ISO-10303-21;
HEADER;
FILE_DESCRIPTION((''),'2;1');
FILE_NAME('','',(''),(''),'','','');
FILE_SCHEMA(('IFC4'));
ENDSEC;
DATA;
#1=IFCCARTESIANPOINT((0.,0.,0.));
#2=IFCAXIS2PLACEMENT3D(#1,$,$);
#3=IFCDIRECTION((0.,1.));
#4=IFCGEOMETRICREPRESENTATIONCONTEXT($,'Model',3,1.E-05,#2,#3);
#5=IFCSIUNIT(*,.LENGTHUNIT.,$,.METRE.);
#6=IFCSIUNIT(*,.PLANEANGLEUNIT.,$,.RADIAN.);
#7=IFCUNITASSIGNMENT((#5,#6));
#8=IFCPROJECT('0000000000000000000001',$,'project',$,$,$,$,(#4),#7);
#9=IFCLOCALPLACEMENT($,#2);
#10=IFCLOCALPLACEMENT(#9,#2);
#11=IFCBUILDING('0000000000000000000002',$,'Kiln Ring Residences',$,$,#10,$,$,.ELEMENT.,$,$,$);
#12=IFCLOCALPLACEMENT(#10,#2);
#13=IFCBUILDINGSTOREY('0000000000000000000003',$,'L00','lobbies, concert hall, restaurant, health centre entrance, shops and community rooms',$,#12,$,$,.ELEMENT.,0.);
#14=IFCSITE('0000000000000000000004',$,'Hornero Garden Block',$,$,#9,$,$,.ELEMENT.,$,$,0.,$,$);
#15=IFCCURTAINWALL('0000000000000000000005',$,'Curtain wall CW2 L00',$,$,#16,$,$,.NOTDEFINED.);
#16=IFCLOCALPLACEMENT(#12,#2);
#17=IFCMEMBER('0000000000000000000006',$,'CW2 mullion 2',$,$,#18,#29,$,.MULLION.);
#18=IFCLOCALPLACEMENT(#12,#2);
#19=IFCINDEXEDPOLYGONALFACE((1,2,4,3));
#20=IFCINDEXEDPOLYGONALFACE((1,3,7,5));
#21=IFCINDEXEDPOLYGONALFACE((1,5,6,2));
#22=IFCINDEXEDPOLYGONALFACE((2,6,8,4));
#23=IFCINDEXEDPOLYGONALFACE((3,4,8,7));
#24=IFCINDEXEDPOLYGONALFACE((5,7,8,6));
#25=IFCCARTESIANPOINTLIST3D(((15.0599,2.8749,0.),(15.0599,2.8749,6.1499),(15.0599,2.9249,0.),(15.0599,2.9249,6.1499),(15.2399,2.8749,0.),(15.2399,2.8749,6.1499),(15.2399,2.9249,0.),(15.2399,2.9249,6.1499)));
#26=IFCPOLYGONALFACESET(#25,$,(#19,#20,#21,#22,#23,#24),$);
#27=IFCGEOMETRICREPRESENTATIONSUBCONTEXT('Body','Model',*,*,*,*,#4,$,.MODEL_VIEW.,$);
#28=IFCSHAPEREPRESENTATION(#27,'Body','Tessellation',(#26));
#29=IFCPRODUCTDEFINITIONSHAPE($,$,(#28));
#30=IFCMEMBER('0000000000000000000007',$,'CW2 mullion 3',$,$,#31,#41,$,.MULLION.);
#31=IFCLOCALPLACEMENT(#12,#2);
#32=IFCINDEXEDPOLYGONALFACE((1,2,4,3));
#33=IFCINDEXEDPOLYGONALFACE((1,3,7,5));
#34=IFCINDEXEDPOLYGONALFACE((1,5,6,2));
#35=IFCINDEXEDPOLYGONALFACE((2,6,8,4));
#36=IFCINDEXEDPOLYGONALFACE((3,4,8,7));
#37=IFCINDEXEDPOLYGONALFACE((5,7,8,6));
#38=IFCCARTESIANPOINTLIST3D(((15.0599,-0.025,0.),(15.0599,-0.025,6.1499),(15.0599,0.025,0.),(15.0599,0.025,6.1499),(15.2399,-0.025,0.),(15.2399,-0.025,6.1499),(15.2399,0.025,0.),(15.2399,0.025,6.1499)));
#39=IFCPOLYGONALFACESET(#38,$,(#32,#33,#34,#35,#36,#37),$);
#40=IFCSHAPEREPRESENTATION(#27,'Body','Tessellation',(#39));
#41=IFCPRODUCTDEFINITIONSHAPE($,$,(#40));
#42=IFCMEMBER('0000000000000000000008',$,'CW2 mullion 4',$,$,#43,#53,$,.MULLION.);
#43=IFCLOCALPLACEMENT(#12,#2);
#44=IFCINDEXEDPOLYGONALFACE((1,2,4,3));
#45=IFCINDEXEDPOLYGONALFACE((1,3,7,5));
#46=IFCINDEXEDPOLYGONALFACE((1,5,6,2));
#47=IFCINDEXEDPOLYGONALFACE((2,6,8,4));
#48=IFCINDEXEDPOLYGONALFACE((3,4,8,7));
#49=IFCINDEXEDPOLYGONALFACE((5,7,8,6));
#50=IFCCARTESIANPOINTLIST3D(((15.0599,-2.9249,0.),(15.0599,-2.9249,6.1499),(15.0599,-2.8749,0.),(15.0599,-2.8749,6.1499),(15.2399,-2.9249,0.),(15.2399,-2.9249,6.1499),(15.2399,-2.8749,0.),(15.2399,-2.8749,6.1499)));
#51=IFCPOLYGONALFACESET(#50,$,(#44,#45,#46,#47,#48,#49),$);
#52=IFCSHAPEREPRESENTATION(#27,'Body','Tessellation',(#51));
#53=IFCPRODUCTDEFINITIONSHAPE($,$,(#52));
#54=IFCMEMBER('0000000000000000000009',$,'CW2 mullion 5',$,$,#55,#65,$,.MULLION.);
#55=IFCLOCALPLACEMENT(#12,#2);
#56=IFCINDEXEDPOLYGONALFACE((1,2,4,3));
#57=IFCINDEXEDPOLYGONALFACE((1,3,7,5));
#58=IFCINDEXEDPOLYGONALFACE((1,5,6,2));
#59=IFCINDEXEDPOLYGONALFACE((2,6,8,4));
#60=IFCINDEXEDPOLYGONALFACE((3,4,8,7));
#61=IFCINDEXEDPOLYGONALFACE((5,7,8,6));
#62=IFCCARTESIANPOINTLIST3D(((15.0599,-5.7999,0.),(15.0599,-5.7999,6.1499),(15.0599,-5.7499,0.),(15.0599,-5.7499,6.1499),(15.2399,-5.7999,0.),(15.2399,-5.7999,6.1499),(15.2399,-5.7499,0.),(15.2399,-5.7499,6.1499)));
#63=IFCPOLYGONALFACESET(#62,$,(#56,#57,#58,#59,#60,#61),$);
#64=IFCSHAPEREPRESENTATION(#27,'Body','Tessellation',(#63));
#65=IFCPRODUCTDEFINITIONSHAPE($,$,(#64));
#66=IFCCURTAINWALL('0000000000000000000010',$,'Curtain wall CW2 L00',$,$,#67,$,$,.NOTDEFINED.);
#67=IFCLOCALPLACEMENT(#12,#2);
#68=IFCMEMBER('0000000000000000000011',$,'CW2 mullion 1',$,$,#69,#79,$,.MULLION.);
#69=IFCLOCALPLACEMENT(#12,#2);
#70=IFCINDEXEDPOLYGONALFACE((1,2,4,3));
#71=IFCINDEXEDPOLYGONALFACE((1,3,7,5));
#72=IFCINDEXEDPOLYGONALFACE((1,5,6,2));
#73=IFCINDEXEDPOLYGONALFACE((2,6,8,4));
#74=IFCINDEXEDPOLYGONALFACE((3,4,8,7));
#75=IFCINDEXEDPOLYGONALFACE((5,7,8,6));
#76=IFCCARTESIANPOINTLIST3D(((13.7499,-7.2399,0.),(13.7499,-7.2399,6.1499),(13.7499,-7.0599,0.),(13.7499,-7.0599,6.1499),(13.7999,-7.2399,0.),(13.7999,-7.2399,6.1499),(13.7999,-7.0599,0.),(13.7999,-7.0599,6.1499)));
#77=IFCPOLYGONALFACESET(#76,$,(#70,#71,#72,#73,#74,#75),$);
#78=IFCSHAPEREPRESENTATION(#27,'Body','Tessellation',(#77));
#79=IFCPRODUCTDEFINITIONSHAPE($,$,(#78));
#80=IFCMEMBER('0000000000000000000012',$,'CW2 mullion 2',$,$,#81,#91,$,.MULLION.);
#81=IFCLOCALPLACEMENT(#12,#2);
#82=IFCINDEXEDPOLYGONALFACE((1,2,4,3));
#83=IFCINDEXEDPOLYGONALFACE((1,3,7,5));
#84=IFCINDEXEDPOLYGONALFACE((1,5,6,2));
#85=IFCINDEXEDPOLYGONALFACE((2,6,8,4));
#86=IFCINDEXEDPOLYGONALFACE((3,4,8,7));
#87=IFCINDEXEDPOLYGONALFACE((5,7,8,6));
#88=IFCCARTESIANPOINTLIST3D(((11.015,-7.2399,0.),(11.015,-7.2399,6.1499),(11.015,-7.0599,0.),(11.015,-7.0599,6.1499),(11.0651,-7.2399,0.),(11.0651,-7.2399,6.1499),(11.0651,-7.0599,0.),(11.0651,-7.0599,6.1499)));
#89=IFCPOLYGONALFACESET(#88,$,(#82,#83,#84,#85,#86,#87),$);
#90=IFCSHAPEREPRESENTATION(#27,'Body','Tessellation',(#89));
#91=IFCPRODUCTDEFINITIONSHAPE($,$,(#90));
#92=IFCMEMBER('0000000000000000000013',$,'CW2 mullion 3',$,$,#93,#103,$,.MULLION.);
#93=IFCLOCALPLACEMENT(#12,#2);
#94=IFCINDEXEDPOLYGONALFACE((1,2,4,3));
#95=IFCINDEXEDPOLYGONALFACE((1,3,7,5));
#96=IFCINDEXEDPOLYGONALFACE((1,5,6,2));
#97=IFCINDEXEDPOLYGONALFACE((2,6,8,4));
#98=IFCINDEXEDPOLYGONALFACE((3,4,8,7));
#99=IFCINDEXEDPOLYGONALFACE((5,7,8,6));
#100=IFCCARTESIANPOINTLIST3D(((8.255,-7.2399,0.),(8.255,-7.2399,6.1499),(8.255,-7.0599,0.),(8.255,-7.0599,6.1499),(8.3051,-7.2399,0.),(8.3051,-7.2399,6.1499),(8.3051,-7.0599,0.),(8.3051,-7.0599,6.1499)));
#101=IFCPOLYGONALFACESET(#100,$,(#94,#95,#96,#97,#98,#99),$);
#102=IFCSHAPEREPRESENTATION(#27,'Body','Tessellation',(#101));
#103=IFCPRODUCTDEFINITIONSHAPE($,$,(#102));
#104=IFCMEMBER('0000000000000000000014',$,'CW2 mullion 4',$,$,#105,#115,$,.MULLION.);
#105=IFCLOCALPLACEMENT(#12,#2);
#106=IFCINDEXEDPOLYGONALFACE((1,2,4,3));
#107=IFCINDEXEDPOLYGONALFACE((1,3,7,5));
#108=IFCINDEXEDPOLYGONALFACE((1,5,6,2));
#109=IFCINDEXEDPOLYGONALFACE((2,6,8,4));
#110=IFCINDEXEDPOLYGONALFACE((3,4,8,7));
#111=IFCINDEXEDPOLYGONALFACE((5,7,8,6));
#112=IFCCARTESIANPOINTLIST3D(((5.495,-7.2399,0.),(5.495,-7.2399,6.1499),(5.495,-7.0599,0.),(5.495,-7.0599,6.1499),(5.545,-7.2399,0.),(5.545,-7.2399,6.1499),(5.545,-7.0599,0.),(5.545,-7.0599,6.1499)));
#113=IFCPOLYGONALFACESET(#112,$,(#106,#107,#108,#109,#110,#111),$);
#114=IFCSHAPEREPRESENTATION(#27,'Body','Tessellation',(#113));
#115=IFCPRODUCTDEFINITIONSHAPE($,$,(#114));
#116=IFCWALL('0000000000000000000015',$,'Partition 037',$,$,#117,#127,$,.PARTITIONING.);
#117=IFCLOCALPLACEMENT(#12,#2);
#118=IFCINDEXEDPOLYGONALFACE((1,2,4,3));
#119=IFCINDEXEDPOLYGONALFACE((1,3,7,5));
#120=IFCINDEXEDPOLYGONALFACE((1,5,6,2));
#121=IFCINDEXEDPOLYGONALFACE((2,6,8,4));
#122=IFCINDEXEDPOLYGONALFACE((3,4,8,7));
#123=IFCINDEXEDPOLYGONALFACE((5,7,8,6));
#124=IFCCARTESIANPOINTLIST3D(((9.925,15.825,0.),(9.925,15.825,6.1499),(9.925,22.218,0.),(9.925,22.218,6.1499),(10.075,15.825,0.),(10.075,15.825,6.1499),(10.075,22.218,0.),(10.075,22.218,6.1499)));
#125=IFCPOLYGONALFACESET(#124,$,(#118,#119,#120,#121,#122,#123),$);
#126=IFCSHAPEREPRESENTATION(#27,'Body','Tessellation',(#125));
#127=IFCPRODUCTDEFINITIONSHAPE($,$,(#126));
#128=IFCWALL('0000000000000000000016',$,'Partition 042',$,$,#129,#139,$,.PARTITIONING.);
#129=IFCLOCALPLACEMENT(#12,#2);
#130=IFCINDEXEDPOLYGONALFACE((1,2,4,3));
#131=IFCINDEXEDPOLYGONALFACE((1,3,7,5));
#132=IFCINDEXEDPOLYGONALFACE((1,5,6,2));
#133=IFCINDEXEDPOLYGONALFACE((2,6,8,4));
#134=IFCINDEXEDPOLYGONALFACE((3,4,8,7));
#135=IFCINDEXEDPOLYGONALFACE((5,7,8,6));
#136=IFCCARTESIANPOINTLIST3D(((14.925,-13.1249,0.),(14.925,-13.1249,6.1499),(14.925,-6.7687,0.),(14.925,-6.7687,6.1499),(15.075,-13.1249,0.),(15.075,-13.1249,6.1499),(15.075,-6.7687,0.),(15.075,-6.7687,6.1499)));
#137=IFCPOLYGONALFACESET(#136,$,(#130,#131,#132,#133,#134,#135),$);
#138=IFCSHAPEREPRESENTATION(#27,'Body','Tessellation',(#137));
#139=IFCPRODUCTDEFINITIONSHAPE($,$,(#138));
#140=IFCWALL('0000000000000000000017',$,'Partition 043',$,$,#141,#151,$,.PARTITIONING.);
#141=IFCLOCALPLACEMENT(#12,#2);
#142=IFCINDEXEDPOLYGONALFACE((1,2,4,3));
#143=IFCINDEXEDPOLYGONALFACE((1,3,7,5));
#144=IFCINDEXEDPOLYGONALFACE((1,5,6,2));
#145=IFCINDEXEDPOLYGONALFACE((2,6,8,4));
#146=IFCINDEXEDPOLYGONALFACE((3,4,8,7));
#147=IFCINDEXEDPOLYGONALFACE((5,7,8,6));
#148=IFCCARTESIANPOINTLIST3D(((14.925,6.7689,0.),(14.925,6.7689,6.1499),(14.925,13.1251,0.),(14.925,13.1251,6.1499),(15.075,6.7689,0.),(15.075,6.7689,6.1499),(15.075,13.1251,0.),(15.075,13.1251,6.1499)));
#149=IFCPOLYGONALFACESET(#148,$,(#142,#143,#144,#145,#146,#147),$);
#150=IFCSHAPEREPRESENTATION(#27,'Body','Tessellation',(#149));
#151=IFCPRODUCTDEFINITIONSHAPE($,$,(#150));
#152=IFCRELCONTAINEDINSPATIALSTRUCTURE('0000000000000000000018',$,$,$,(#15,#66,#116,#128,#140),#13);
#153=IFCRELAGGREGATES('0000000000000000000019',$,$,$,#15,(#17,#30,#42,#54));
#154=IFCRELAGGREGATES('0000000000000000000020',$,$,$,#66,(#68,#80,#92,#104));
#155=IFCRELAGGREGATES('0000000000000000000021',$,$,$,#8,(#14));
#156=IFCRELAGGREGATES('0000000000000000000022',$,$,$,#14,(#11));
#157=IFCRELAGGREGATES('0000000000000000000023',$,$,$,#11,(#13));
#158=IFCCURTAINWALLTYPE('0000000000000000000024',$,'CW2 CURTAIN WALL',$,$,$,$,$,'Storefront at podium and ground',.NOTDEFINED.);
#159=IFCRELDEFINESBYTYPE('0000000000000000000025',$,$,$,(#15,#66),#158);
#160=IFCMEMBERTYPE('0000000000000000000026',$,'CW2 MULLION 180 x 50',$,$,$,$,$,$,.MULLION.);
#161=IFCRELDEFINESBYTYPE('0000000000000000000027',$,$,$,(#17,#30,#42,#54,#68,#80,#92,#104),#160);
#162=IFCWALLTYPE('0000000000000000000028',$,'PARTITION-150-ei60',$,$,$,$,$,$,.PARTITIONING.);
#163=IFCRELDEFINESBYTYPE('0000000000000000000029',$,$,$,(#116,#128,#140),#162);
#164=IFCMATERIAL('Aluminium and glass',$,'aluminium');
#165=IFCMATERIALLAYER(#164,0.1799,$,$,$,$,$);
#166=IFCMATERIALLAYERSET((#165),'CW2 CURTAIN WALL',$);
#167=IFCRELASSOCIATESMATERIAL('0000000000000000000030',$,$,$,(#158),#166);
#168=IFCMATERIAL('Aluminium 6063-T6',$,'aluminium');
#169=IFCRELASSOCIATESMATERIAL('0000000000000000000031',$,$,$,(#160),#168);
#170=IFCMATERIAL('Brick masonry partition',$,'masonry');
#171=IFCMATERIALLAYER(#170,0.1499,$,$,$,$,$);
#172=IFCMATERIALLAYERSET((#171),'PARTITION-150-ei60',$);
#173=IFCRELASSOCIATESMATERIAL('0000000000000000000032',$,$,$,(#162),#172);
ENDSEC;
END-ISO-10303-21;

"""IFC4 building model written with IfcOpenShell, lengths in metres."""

from ifc_helpers import new_model, si_unit, direction, frame, frame_2d, origin, origin_2d, place, context, subcontext, project, spatial, rectangle, extrude, material, layer, layer_set, material_profile, profile_set, type_object, element, aggregate, save


model = new_model("IFC4")

# Units and contexts
model_context = context("Model", 3, precision=1e-05, world=origin(), true_north=direction((0.0, 1.0)))
body_context = subcontext(model_context, "Body", "Model", "MODEL_VIEW")
ifc_project = project(units=[si_unit("LENGTHUNIT", "METRE"), si_unit("PLANEANGLEUNIT", "RADIAN")], contexts=[model_context])

# Site, building, storey
site_placement = place(None, origin())
site = spatial("IfcSite", under=ifc_project, at=site_placement, Name="Hornero Garden Block", CompositionType="ELEMENT", RefElevation=0.0)
building_placement = place(site_placement, origin())
building = spatial("IfcBuilding", under=site, at=building_placement, Name="Kiln Ring Residences", CompositionType="ELEMENT")
storey_placement = place(building_placement, origin())
storey = spatial("IfcBuildingStorey", under=building, at=storey_placement, Name="L00", Description="lobbies, concert hall, restaurant, health centre entrance, shops and community rooms", CompositionType="ELEMENT", Elevation=0.0)

# Shared definitions
ifc_material_1 = material(Name="Aluminium and glass", Category="aluminium")
ifc_layer_1 = layer(ifc_material_1, 0.1799)
ifc_layer_set_1 = layer_set([ifc_layer_1], Name="CW2 CURTAIN WALL")
curtain_wall_type = type_object("IfcCurtainWallType", Name="CW2 CURTAIN WALL", ElementType="Storefront at podium and ground", PredefinedType="NOTDEFINED", material=ifc_layer_set_1)
placement = place(storey_placement, origin())
ifc_material_2 = material(Name="Aluminium 6063-T6", Category="aluminium")
ifc_material_profile_1 = material_profile(ifc_material_2, rectangle(XDim=0.1799, YDim=0.05, at=origin_2d()), Name="AL 180x50")
ifc_profile_set_1 = profile_set([ifc_material_profile_1], Name="Aluminium 6063-T6")
member_type = type_object("IfcMemberType", Name="CW2 MULLION 180 x 50", PredefinedType="MULLION", material=ifc_profile_set_1)

# Curtain walls, members
curtain_wall_1 = element("IfcCurtainWall", 1, at=placement, inside=storey, type_object=curtain_wall_type, Name="Curtain wall CW2 L00", PredefinedType="NOTDEFINED")
member_1_placement = place(storey_placement, frame((15.1499, 2.8999, 0.0), z_axis=(0.0, 0.0, 1.0), x_axis=(1.0, 0.0, 0.0)))
member_1 = element("IfcMember", 2, at=member_1_placement, type_object=member_type, Name="CW2 mullion 2", PredefinedType="MULLION", context=body_context, shape_type="SweptSolid", body=[
    extrude(rectangle(XDim=0.1799, YDim=0.05, at=origin_2d()), origin(), (0.0, 0.0, 1.0), 6.1499),
])
member_2_placement = place(storey_placement, frame((15.1499, 0.0, 0.0), z_axis=(0.0, 0.0, 1.0), x_axis=(1.0, 0.0, 0.0)))
member_2 = element("IfcMember", 3, at=member_2_placement, type_object=member_type, Name="CW2 mullion 3", PredefinedType="MULLION", context=body_context, shape_type="SweptSolid", body=[
    extrude(rectangle(XDim=0.1799, YDim=0.05, at=origin_2d()), origin(), (0.0, 0.0, 1.0), 6.1499),
])
member_3_placement = place(storey_placement, frame((15.1499, -2.8999, 0.0), z_axis=(0.0, 0.0, 1.0), x_axis=(1.0, 0.0, 0.0)))
member_3 = element("IfcMember", 4, at=member_3_placement, type_object=member_type, Name="CW2 mullion 4", PredefinedType="MULLION", context=body_context, shape_type="SweptSolid", body=[
    extrude(rectangle(XDim=0.1799, YDim=0.05, at=origin_2d()), origin(), (0.0, 0.0, 1.0), 6.1499),
])
member_4_placement = place(storey_placement, frame((15.1499, -5.7749, 0.0), z_axis=(0.0, 0.0, 1.0), x_axis=(1.0, 0.0, 0.0)))
member_4 = element("IfcMember", 5, at=member_4_placement, type_object=member_type, Name="CW2 mullion 5", PredefinedType="MULLION", context=body_context, shape_type="SweptSolid", body=[
    extrude(rectangle(XDim=0.1799, YDim=0.05, at=origin_2d()), origin(), (0.0, 0.0, 1.0), 6.1499),
])
aggregate(curtain_wall_1, [member_1, member_2, member_3, member_4])
curtain_wall_2 = element("IfcCurtainWall", 6, at=placement, inside=storey, type_object=curtain_wall_type, Name="Curtain wall CW2 L00", PredefinedType="NOTDEFINED")
member_5_placement = place(storey_placement, frame((13.7749, -7.1499, 0.0), z_axis=(0.0, 0.0, 1.0), x_axis=(0.0, -1.0, 0.0)))
member_5 = element("IfcMember", 7, at=member_5_placement, type_object=member_type, Name="CW2 mullion 1", PredefinedType="MULLION", context=body_context, shape_type="SweptSolid", body=[
    extrude(rectangle(XDim=0.1799, YDim=0.05, at=origin_2d()), origin(), (0.0, 0.0, 1.0), 6.1499),
])
member_6_placement = place(storey_placement, frame((11.04, -7.1499, 0.0), z_axis=(0.0, 0.0, 1.0), x_axis=(0.0, -1.0, 0.0)))
member_6 = element("IfcMember", 8, at=member_6_placement, type_object=member_type, Name="CW2 mullion 2", PredefinedType="MULLION", context=body_context, shape_type="SweptSolid", body=[
    extrude(rectangle(XDim=0.1799, YDim=0.05, at=origin_2d()), origin(), (0.0, 0.0, 1.0), 6.1499),
])
member_7_placement = place(storey_placement, frame((8.28, -7.1499, 0.0), z_axis=(0.0, 0.0, 1.0), x_axis=(0.0, -1.0, 0.0)))
member_7 = element("IfcMember", 9, at=member_7_placement, type_object=member_type, Name="CW2 mullion 3", PredefinedType="MULLION", context=body_context, shape_type="SweptSolid", body=[
    extrude(rectangle(XDim=0.1799, YDim=0.05, at=origin_2d()), origin(), (0.0, 0.0, 1.0), 6.1499),
])
member_8_placement = place(storey_placement, frame((5.52, -7.1499, 0.0), z_axis=(0.0, 0.0, 1.0), x_axis=(0.0, -1.0, 0.0)))
member_8 = element("IfcMember", 10, at=member_8_placement, type_object=member_type, Name="CW2 mullion 4", PredefinedType="MULLION", context=body_context, shape_type="SweptSolid", body=[
    extrude(rectangle(XDim=0.1799, YDim=0.05, at=origin_2d()), origin(), (0.0, 0.0, 1.0), 6.1499),
])
aggregate(curtain_wall_2, [member_5, member_6, member_7, member_8])

# Walls
ifc_material_3 = material(Name="Brick masonry partition", Category="masonry")
ifc_layer_2 = layer(ifc_material_3, 0.1499)
ifc_layer_set_2 = layer_set([ifc_layer_2], Name="PARTITION-150-ei60")
wall_type = type_object("IfcWallType", Name="PARTITION-150-ei60", PredefinedType="PARTITIONING", material=ifc_layer_set_2)
wall_placement = place(storey_placement, frame((10.0, 15.825, 0.0), z_axis=(0.0, 0.0, 1.0), x_axis=(0.0, 1.0, 0.0)))
element("IfcWall", 11, at=wall_placement, inside=storey, type_object=wall_type, Name="Partition 037", PredefinedType="PARTITIONING", context=body_context, shape_type="SweptSolid", body=[
    extrude(rectangle(XDim=6.3931, YDim=0.1499, at=frame_2d((3.1965, 0.0))), origin(), (0.0, 0.0, 1.0), 6.1499),
])
for number, where, z_axis, x_axis, name in (
    (12, (15.0, -13.125, 0.0), (0.0, 0.0, 1.0), (0.0, 1.0, 0.0), "Partition 042"),
    (13, (15.0, 6.7688, 0.0), (0.0, 0.0, 1.0), (0.0, 1.0, 0.0), "Partition 043"),
):
    element("IfcWall", number, at=place(storey_placement, frame(where, z_axis=z_axis, x_axis=x_axis)), inside=storey, type_object=wall_type, Name=name, PredefinedType="PARTITIONING", context=body_context, shape_type="SweptSolid", body=[
        extrude(rectangle(XDim=6.3562, YDim=0.1499, at=frame_2d((3.1782, 0.0))), origin(), (0.0, 0.0, 1.0), 6.1499),
    ])

save(model, "model.ifc")
